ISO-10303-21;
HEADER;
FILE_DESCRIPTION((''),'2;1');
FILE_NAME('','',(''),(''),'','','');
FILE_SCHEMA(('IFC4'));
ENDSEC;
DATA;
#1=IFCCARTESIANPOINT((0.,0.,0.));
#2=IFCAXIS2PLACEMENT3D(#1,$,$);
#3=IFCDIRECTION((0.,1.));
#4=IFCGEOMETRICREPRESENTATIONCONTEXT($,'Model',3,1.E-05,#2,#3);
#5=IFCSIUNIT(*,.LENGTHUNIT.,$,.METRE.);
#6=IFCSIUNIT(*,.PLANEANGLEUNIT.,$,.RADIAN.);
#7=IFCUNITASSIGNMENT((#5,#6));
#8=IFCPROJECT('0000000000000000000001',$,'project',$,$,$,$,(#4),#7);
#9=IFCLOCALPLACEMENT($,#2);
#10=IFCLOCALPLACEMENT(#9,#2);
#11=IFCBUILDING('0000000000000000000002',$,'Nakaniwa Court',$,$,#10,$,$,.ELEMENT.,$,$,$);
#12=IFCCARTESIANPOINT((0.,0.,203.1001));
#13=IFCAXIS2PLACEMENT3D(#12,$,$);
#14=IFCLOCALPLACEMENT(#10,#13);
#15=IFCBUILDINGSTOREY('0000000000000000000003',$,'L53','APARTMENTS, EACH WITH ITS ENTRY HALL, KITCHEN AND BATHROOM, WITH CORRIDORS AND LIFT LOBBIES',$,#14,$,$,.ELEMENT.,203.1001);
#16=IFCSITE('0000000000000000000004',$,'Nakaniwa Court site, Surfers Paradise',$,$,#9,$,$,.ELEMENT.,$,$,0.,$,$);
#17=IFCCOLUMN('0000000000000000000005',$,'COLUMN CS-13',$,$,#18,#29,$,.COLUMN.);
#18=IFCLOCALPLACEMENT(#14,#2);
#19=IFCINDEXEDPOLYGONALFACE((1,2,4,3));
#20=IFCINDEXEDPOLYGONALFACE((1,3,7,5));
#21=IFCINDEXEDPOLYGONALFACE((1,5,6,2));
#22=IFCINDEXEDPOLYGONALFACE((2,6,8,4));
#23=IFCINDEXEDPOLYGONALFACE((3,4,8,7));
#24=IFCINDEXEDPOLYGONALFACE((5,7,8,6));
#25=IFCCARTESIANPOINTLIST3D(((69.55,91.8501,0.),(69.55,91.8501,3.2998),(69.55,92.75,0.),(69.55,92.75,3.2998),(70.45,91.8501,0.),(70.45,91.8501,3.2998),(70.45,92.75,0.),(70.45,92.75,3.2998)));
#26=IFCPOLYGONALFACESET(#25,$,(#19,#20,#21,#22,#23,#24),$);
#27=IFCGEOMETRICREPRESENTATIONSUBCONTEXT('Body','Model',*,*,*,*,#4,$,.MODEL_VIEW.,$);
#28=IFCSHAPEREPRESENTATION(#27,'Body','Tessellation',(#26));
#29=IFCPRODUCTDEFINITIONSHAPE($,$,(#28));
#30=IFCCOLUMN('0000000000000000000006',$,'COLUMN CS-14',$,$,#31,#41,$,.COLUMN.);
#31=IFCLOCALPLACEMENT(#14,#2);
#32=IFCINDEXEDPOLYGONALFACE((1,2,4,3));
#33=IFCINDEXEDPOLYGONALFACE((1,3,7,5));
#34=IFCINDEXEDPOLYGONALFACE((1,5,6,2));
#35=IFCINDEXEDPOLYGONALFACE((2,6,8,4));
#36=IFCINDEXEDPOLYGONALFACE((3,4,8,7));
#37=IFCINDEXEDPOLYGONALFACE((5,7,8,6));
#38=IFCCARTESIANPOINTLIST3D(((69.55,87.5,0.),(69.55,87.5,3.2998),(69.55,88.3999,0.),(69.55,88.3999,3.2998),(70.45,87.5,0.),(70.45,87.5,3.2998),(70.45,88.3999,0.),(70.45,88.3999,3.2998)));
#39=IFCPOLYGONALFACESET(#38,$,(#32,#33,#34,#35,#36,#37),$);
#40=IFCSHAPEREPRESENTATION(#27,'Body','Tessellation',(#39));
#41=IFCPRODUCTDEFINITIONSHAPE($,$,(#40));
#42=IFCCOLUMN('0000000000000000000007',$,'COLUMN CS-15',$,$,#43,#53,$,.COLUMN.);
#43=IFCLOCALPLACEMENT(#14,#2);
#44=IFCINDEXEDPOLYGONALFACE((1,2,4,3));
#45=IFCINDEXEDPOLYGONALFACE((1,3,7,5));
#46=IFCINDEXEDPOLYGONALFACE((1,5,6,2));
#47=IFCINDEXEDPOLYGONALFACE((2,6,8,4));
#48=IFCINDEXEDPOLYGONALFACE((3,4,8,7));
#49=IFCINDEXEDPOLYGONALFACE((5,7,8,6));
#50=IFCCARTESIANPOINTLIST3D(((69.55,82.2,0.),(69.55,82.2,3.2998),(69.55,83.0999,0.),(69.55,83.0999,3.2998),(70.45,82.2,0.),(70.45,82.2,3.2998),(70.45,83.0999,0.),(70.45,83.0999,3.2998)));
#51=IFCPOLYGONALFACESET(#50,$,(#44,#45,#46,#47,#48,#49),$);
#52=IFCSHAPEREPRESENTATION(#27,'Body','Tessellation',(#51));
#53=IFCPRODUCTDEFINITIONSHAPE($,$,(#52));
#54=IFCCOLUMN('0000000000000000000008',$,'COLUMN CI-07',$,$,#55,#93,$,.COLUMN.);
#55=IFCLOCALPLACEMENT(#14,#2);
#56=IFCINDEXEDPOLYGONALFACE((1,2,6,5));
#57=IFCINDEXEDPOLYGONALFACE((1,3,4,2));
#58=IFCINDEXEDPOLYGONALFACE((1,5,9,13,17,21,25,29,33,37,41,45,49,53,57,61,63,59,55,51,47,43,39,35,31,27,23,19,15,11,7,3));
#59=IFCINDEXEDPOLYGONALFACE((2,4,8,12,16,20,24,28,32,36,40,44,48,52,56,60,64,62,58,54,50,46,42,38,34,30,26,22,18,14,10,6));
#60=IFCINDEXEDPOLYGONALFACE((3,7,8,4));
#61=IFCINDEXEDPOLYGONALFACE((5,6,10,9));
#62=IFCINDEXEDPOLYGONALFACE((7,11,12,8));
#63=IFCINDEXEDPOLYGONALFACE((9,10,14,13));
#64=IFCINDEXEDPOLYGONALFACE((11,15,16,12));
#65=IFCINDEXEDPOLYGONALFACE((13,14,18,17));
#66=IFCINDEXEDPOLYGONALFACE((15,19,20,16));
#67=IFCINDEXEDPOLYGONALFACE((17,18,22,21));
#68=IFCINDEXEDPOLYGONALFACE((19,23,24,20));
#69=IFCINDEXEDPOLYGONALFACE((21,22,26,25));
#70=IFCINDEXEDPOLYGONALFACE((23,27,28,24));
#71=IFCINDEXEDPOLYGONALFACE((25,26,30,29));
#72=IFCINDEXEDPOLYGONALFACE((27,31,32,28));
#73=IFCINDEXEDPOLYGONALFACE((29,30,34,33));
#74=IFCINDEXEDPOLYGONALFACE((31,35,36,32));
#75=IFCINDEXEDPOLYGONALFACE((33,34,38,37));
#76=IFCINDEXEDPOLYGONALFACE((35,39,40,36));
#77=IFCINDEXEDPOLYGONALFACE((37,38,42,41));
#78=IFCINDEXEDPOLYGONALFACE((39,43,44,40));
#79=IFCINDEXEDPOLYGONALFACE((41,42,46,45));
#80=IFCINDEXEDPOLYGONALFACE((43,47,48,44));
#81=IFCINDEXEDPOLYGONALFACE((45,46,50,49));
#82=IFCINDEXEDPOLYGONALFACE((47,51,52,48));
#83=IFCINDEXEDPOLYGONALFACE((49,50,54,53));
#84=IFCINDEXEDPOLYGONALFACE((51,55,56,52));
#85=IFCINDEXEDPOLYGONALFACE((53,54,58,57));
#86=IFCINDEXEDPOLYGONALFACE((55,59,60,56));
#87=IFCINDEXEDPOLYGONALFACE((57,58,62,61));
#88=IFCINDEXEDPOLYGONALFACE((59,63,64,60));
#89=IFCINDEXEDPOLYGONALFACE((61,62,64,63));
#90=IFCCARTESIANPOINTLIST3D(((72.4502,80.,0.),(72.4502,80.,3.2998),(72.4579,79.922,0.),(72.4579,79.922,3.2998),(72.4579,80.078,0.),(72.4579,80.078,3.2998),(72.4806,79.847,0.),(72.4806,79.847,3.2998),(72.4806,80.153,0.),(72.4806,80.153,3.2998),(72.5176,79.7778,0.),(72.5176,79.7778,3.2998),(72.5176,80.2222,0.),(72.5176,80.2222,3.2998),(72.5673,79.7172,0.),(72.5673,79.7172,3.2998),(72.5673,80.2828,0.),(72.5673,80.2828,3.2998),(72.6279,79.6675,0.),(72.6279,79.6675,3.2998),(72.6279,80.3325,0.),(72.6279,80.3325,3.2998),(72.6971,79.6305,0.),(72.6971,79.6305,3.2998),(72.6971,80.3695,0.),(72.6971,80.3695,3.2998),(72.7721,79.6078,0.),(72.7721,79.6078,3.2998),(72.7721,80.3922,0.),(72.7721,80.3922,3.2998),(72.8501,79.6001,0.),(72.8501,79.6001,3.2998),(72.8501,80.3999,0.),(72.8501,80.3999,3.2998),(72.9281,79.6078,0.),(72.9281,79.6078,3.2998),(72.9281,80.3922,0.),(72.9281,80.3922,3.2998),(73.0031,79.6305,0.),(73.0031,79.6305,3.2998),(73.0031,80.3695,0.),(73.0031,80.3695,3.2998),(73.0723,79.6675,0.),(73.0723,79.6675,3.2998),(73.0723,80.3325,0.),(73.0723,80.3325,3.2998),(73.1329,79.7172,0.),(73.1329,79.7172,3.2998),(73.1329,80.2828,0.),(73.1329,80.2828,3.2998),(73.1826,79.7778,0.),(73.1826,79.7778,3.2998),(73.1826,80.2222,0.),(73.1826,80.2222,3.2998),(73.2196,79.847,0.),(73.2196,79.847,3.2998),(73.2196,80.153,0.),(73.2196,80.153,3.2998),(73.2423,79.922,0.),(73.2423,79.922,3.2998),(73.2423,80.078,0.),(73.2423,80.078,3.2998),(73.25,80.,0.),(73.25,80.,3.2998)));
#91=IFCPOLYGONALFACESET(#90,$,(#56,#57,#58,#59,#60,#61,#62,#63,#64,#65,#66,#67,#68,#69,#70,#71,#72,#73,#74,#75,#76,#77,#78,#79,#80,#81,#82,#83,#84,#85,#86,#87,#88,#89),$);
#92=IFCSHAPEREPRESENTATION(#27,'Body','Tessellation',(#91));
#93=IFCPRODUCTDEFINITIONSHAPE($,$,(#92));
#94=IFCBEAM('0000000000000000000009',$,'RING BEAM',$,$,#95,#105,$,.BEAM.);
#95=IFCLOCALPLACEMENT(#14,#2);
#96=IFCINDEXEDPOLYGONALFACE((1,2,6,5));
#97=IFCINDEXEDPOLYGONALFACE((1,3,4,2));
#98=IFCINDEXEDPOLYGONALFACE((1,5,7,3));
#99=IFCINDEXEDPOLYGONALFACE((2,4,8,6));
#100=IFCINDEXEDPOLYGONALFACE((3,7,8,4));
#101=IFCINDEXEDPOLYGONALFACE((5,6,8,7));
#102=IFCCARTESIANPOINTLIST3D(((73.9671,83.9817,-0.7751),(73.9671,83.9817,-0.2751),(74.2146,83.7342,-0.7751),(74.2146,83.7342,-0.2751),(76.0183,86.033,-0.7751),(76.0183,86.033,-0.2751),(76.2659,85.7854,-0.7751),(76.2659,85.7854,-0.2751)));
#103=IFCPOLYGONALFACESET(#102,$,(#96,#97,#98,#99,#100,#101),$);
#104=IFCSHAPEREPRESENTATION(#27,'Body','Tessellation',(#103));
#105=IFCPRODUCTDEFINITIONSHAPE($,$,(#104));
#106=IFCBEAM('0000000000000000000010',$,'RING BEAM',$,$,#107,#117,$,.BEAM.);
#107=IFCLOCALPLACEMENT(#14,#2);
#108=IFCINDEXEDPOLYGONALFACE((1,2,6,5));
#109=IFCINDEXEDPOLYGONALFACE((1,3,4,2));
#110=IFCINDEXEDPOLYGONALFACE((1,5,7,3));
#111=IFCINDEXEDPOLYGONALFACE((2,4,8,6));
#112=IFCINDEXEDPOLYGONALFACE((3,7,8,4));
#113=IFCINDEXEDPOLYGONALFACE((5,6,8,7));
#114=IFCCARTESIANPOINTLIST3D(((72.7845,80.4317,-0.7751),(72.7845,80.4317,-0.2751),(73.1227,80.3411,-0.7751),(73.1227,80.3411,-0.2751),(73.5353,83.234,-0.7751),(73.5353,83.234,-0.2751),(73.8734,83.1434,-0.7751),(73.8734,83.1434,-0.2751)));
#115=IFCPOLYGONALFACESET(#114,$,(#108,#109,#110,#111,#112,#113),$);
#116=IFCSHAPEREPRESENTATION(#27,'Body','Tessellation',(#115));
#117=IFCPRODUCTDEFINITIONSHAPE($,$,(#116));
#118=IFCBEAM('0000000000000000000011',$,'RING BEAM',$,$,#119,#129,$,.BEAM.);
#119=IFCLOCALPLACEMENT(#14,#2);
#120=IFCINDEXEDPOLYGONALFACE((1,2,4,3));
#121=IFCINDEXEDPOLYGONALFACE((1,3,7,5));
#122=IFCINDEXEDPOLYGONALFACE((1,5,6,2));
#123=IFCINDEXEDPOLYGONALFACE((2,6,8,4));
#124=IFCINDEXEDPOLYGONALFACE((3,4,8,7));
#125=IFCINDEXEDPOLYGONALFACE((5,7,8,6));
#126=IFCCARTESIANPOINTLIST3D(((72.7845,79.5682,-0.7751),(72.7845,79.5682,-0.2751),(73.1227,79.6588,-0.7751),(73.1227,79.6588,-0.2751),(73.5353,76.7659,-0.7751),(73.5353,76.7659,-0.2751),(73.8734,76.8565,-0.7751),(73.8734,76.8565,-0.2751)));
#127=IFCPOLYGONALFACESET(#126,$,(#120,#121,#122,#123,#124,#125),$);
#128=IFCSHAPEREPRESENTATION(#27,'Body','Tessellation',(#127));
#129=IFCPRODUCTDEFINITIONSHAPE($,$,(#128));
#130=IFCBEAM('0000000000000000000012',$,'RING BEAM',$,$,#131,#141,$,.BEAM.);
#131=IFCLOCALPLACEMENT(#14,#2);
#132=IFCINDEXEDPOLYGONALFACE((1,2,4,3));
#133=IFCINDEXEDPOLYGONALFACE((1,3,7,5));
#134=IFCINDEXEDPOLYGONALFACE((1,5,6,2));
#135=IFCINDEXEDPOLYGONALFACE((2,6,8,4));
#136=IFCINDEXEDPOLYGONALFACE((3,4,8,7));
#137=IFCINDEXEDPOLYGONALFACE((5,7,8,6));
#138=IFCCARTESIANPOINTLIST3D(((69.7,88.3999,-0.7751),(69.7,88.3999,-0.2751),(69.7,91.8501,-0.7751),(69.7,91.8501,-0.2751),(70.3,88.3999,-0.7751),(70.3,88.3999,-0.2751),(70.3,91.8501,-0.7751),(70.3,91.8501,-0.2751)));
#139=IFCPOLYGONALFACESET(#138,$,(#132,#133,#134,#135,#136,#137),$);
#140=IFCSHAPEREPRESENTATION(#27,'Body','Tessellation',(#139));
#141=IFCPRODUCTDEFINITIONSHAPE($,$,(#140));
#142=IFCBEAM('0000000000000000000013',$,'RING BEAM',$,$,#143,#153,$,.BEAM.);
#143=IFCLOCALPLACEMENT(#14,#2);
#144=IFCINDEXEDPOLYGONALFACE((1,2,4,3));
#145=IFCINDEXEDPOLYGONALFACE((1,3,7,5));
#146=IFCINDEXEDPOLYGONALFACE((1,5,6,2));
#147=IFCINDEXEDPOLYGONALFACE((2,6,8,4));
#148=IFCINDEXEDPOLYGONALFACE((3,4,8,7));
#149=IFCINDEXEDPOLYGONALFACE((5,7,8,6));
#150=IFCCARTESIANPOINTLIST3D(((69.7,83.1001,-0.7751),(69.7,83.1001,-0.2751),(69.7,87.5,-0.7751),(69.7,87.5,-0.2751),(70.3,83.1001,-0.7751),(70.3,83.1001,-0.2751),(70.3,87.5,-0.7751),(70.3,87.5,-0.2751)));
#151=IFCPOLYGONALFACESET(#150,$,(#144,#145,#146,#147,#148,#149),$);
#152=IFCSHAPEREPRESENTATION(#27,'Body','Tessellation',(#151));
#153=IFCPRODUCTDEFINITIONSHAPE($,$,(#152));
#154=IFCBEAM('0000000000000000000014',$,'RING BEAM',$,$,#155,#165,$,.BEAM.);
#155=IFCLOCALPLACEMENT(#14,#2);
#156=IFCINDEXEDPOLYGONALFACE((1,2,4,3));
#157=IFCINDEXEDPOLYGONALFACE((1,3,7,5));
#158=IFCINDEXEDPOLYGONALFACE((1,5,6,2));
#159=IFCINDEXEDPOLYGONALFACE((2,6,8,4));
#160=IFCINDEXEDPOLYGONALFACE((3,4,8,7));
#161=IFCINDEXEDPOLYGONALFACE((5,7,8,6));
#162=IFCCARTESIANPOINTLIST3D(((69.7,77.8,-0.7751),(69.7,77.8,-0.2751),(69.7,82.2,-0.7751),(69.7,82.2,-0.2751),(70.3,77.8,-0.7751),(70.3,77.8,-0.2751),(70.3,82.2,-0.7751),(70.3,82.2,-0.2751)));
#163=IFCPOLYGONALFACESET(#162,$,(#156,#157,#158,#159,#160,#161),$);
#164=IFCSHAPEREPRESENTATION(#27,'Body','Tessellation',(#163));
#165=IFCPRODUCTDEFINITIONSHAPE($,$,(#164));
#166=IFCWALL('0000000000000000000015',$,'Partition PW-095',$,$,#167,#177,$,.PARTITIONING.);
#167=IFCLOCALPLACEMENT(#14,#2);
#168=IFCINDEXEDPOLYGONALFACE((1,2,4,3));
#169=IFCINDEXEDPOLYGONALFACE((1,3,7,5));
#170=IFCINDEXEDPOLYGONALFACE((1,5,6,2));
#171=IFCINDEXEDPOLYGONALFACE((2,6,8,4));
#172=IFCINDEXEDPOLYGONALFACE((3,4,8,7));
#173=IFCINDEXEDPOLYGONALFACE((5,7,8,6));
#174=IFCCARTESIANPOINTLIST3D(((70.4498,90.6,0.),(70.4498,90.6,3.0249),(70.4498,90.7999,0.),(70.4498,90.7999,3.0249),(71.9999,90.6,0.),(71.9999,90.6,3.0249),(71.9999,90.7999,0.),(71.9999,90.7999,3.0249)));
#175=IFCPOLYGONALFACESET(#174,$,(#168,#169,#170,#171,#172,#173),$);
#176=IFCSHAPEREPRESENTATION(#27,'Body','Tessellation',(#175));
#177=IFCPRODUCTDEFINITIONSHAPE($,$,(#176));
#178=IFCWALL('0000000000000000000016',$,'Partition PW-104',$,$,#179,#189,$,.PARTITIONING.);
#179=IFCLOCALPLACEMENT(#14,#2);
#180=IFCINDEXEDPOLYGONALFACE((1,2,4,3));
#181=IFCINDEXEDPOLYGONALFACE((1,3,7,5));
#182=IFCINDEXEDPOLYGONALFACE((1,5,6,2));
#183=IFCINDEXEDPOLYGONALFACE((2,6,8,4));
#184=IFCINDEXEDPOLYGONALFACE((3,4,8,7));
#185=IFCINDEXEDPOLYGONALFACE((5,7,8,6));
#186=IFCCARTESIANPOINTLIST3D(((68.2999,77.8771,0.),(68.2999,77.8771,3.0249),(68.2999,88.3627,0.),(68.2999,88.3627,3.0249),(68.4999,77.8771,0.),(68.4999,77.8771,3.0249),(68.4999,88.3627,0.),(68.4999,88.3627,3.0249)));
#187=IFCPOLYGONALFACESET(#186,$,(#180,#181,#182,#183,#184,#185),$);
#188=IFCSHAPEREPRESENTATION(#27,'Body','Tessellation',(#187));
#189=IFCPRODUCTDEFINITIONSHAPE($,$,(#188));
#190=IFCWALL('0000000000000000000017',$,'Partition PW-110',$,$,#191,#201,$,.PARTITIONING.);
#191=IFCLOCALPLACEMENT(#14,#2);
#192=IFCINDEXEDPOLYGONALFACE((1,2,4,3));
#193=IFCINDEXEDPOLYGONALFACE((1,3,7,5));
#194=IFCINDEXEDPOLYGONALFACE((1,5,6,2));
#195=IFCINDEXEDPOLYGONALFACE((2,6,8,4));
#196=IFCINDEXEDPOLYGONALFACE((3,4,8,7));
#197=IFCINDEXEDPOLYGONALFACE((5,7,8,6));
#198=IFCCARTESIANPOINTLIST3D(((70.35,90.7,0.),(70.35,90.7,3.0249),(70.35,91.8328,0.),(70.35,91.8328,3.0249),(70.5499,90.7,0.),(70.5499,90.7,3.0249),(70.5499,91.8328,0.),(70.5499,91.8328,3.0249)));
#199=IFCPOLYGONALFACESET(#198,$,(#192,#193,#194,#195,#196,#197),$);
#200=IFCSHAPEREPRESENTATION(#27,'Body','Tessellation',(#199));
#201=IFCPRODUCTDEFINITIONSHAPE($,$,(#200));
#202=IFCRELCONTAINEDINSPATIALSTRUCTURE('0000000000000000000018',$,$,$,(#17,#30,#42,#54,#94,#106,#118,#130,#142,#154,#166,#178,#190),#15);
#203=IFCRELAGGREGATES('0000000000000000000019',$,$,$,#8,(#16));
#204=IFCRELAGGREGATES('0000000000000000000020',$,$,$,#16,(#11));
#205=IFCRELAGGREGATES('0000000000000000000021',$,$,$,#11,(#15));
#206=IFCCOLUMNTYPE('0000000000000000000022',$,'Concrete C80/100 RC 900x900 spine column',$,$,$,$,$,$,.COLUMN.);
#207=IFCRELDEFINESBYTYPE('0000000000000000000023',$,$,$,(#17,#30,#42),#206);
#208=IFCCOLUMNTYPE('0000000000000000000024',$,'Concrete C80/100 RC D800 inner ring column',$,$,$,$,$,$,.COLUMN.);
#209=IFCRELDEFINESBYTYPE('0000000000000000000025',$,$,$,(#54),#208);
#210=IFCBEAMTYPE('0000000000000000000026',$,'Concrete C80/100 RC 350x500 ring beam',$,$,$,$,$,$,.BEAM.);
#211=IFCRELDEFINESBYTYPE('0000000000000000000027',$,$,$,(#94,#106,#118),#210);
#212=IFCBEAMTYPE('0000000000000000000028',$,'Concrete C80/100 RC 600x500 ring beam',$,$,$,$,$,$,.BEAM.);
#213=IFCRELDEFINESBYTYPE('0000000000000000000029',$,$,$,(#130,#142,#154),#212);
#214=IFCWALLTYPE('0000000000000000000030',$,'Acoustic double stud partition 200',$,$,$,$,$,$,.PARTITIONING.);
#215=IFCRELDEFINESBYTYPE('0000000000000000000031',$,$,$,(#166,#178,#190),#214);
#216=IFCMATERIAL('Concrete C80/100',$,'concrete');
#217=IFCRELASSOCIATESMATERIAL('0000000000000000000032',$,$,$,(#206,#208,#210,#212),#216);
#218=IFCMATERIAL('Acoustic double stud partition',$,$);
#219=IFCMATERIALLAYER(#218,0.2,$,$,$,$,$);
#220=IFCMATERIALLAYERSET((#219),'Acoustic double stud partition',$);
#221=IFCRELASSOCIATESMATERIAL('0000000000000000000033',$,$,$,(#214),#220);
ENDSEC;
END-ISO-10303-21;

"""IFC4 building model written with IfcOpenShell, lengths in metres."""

from ifc_helpers import new_model, si_unit, direction, frame, frame_2d, origin, origin_2d, place, context, subcontext, project, spatial, rectangle, circle, extrude, material, layer, layer_set, material_profile, profile_set, type_object, element, save


model = new_model("IFC4")

# Units and contexts
model_context = context("Model", 3, precision=1e-05, world=origin(), true_north=direction((0.0, 1.0)))
body_context = subcontext(model_context, "Body", "Model", "MODEL_VIEW")
ifc_project = project(units=[si_unit("LENGTHUNIT", "METRE"), si_unit("PLANEANGLEUNIT", "RADIAN")], contexts=[model_context])

# Site, building, storey
site_placement = place(None, origin())
site = spatial("IfcSite", under=ifc_project, at=site_placement, Name="Nakaniwa Court site, Surfers Paradise", CompositionType="ELEMENT", RefElevation=0.0)
building_placement = place(site_placement, origin())
building = spatial("IfcBuilding", under=site, at=building_placement, Name="Nakaniwa Court", CompositionType="ELEMENT")
storey_placement = place(building_placement, frame((0.0, 0.0, 203.1001)))
storey = spatial("IfcBuildingStorey", under=building, at=storey_placement, Name="L53", Description="APARTMENTS, EACH WITH ITS ENTRY HALL, KITCHEN AND BATHROOM, WITH CORRIDORS AND LIFT LOBBIES", CompositionType="ELEMENT", Elevation=203.1001)

# Columns
ifc_material_1 = material(Name="Concrete C80/100", Category="concrete")
ifc_material_profile_1 = material_profile(ifc_material_1, rectangle(XDim=0.8999, YDim=0.8999, at=origin_2d()), Name="Concrete C80/100 RC 900x900 spine column")
ifc_profile_set_1 = profile_set([ifc_material_profile_1], Name="Concrete C80/100")
column_type_1 = type_object("IfcColumnType", Name="Concrete C80/100 RC 900x900 spine column", PredefinedType="COLUMN", material=ifc_profile_set_1)
for number, where, z_axis, x_axis, name in (
    (1, (70.0, 92.3, 0.0), (0.0, 0.0, 1.0), (0.0, -1.0, 0.0), "COLUMN CS-13"),
    (2, (70.0, 87.95, 0.0), (0.0, 0.0, 1.0), (0.0, -1.0, 0.0), "COLUMN CS-14"),
    (3, (70.0, 82.6499, 0.0), (0.0, 0.0, 1.0), (0.0, -1.0, 0.0), "COLUMN CS-15"),
):
    element("IfcColumn", number, at=place(storey_placement, frame(where, z_axis=z_axis, x_axis=x_axis)), inside=storey, type_object=column_type_1, Name=name, PredefinedType="COLUMN", context=body_context, shape_type="SweptSolid", body=[
        extrude(rectangle(XDim=0.8999, YDim=0.8999, at=origin_2d()), origin(), (0.0, 0.0, 1.0), 3.2998),
    ])
ifc_material_profile_2 = material_profile(ifc_material_1, circle(Radius=0.3999, at=origin_2d()), Name="Concrete C80/100 RC D800 inner ring column")
ifc_profile_set_2 = profile_set([ifc_material_profile_2], Name="Concrete C80/100")
column_type_2 = type_object("IfcColumnType", Name="Concrete C80/100 RC D800 inner ring column", PredefinedType="COLUMN", material=ifc_profile_set_2)
for number, where, z_axis, x_axis, name in (
    (4, (72.8501, 80.0, 0.0), (0.0, 0.0, 1.0), (0.0, -1.0, 0.0), "COLUMN CI-07"),
):
    element("IfcColumn", number, at=place(storey_placement, frame(where, z_axis=z_axis, x_axis=x_axis)), inside=storey, type_object=column_type_2, Name=name, PredefinedType="COLUMN", context=body_context, shape_type="SweptSolid", body=[
        extrude(circle(Radius=0.3999, at=origin_2d()), origin(), (0.0, 0.0, 1.0), 3.2998),
    ])

# Beams
ifc_material_profile_3 = material_profile(ifc_material_1, rectangle(XDim=0.3501, YDim=0.5, at=origin_2d()), Name="Concrete C80/100 RC 350x500 ring beam")
ifc_profile_set_3 = profile_set([ifc_material_profile_3], Name="Concrete C80/100")
beam_type_1 = type_object("IfcBeamType", Name="Concrete C80/100 RC 350x500 ring beam", PredefinedType="BEAM", material=ifc_profile_set_3)
beam_1_placement = place(storey_placement, frame((76.1421, 85.9092, -0.5251), z_axis=(-0.707107, -0.707107, 0.0), x_axis=(0.707107, -0.707107, 0.0)))
element("IfcBeam", 5, at=beam_1_placement, inside=storey, type_object=beam_type_1, Name="RING BEAM", PredefinedType="BEAM", context=body_context, shape_type="SweptSolid", body=[
    extrude(rectangle(XDim=0.3501, YDim=0.5, at=origin_2d()), origin(), (0.0, 0.0, 1.0), 2.9009),
])
for number, where, z_axis, x_axis, name in (
    (6, (73.7043, 83.1887, -0.5251), (-0.258778, -0.965937, 0.0), (0.965937, -0.258778, 0.0), "RING BEAM"),
    (7, (72.9536, 79.6135, -0.5251), (0.258778, -0.965937, 0.0), (0.965937, 0.258778, 0.0), "RING BEAM"),
):
    element("IfcBeam", number, at=place(storey_placement, frame(where, z_axis=z_axis, x_axis=x_axis)), inside=storey, type_object=beam_type_1, Name=name, PredefinedType="BEAM", context=body_context, shape_type="SweptSolid", body=[
        extrude(rectangle(XDim=0.3501, YDim=0.5, at=origin_2d()), origin(), (0.0, 0.0, 1.0), 2.9011),
    ])
ifc_material_profile_4 = material_profile(ifc_material_1, rectangle(XDim=0.6001, YDim=0.5, at=origin_2d()), Name="Concrete C80/100 RC 600x500 ring beam")
ifc_profile_set_4 = profile_set([ifc_material_profile_4], Name="Concrete C80/100")
beam_type_2 = type_object("IfcBeamType", Name="Concrete C80/100 RC 600x500 ring beam", PredefinedType="BEAM", material=ifc_profile_set_4)
beam_2_placement = place(storey_placement, frame((70.0, 91.8501, -0.5251), z_axis=(0.0, -1.0, 0.0), x_axis=(1.0, 0.0, 0.0)))
element("IfcBeam", 8, at=beam_2_placement, inside=storey, type_object=beam_type_2, Name="RING BEAM", PredefinedType="BEAM", context=body_context, shape_type="SweptSolid", body=[
    extrude(rectangle(XDim=0.6001, YDim=0.5, at=origin_2d()), origin(), (0.0, 0.0, 1.0), 3.4502),
])
for number, where, z_axis, x_axis, name in (
    (9, (70.0, 87.5, -0.5251), (0.0, -1.0, 0.0), (1.0, 0.0, 0.0), "RING BEAM"),
    (10, (70.0, 82.2, -0.5251), (0.0, -1.0, 0.0), (1.0, 0.0, 0.0), "RING BEAM"),
):
    element("IfcBeam", number, at=place(storey_placement, frame(where, z_axis=z_axis, x_axis=x_axis)), inside=storey, type_object=beam_type_2, Name=name, PredefinedType="BEAM", context=body_context, shape_type="SweptSolid", body=[
        extrude(rectangle(XDim=0.6001, YDim=0.5, at=origin_2d()), origin(), (0.0, 0.0, 1.0), 4.3999),
    ])

# Walls
ifc_material_2 = material(Name="Acoustic double stud partition")
ifc_layer_1 = layer(ifc_material_2, 0.2)
ifc_layer_set_1 = layer_set([ifc_layer_1], Name="Acoustic double stud partition")
wall_type_1 = type_object("IfcWallType", Name="Acoustic double stud partition 200", PredefinedType="PARTITIONING", material=ifc_layer_set_1)
wall_1_placement = place(storey_placement, frame((70.45, 90.7, 0.0), z_axis=(0.0, 0.0, 1.0), x_axis=(1.0, 0.0, 0.0)))
element("IfcWall", 11, at=wall_1_placement, inside=storey, type_object=wall_type_1, Name="Partition PW-095", PredefinedType="PARTITIONING", context=body_context, shape_type="SweptSolid", body=[
    extrude(rectangle(XDim=1.55, YDim=0.2, at=frame_2d((0.7749, 0.0))), origin(), (0.0, 0.0, 1.0), 3.0249),
])
wall_2_placement = place(storey_placement, frame((68.3999, 77.8772, 0.0), z_axis=(0.0, 0.0, 1.0), x_axis=(0.0, 1.0, 0.0)))
element("IfcWall", 12, at=wall_2_placement, inside=storey, type_object=wall_type_1, Name="Partition PW-104", PredefinedType="PARTITIONING", context=body_context, shape_type="SweptSolid", body=[
    extrude(rectangle(XDim=10.4856, YDim=0.2, at=frame_2d((5.2427, 0.0))), origin(), (0.0, 0.0, 1.0), 3.0249),
])
wall_3_placement = place(storey_placement, frame((70.45, 90.7, 0.0), z_axis=(0.0, 0.0, 1.0), x_axis=(0.0, 1.0, 0.0)))
element("IfcWall", 13, at=wall_3_placement, inside=storey, type_object=wall_type_1, Name="Partition PW-110", PredefinedType="PARTITIONING", context=body_context, shape_type="SweptSolid", body=[
    extrude(rectangle(XDim=1.1328, YDim=0.2, at=frame_2d((0.5664, 0.0))), origin(), (0.0, 0.0, 1.0), 3.0249),
])

save(model, "model.ifc")
